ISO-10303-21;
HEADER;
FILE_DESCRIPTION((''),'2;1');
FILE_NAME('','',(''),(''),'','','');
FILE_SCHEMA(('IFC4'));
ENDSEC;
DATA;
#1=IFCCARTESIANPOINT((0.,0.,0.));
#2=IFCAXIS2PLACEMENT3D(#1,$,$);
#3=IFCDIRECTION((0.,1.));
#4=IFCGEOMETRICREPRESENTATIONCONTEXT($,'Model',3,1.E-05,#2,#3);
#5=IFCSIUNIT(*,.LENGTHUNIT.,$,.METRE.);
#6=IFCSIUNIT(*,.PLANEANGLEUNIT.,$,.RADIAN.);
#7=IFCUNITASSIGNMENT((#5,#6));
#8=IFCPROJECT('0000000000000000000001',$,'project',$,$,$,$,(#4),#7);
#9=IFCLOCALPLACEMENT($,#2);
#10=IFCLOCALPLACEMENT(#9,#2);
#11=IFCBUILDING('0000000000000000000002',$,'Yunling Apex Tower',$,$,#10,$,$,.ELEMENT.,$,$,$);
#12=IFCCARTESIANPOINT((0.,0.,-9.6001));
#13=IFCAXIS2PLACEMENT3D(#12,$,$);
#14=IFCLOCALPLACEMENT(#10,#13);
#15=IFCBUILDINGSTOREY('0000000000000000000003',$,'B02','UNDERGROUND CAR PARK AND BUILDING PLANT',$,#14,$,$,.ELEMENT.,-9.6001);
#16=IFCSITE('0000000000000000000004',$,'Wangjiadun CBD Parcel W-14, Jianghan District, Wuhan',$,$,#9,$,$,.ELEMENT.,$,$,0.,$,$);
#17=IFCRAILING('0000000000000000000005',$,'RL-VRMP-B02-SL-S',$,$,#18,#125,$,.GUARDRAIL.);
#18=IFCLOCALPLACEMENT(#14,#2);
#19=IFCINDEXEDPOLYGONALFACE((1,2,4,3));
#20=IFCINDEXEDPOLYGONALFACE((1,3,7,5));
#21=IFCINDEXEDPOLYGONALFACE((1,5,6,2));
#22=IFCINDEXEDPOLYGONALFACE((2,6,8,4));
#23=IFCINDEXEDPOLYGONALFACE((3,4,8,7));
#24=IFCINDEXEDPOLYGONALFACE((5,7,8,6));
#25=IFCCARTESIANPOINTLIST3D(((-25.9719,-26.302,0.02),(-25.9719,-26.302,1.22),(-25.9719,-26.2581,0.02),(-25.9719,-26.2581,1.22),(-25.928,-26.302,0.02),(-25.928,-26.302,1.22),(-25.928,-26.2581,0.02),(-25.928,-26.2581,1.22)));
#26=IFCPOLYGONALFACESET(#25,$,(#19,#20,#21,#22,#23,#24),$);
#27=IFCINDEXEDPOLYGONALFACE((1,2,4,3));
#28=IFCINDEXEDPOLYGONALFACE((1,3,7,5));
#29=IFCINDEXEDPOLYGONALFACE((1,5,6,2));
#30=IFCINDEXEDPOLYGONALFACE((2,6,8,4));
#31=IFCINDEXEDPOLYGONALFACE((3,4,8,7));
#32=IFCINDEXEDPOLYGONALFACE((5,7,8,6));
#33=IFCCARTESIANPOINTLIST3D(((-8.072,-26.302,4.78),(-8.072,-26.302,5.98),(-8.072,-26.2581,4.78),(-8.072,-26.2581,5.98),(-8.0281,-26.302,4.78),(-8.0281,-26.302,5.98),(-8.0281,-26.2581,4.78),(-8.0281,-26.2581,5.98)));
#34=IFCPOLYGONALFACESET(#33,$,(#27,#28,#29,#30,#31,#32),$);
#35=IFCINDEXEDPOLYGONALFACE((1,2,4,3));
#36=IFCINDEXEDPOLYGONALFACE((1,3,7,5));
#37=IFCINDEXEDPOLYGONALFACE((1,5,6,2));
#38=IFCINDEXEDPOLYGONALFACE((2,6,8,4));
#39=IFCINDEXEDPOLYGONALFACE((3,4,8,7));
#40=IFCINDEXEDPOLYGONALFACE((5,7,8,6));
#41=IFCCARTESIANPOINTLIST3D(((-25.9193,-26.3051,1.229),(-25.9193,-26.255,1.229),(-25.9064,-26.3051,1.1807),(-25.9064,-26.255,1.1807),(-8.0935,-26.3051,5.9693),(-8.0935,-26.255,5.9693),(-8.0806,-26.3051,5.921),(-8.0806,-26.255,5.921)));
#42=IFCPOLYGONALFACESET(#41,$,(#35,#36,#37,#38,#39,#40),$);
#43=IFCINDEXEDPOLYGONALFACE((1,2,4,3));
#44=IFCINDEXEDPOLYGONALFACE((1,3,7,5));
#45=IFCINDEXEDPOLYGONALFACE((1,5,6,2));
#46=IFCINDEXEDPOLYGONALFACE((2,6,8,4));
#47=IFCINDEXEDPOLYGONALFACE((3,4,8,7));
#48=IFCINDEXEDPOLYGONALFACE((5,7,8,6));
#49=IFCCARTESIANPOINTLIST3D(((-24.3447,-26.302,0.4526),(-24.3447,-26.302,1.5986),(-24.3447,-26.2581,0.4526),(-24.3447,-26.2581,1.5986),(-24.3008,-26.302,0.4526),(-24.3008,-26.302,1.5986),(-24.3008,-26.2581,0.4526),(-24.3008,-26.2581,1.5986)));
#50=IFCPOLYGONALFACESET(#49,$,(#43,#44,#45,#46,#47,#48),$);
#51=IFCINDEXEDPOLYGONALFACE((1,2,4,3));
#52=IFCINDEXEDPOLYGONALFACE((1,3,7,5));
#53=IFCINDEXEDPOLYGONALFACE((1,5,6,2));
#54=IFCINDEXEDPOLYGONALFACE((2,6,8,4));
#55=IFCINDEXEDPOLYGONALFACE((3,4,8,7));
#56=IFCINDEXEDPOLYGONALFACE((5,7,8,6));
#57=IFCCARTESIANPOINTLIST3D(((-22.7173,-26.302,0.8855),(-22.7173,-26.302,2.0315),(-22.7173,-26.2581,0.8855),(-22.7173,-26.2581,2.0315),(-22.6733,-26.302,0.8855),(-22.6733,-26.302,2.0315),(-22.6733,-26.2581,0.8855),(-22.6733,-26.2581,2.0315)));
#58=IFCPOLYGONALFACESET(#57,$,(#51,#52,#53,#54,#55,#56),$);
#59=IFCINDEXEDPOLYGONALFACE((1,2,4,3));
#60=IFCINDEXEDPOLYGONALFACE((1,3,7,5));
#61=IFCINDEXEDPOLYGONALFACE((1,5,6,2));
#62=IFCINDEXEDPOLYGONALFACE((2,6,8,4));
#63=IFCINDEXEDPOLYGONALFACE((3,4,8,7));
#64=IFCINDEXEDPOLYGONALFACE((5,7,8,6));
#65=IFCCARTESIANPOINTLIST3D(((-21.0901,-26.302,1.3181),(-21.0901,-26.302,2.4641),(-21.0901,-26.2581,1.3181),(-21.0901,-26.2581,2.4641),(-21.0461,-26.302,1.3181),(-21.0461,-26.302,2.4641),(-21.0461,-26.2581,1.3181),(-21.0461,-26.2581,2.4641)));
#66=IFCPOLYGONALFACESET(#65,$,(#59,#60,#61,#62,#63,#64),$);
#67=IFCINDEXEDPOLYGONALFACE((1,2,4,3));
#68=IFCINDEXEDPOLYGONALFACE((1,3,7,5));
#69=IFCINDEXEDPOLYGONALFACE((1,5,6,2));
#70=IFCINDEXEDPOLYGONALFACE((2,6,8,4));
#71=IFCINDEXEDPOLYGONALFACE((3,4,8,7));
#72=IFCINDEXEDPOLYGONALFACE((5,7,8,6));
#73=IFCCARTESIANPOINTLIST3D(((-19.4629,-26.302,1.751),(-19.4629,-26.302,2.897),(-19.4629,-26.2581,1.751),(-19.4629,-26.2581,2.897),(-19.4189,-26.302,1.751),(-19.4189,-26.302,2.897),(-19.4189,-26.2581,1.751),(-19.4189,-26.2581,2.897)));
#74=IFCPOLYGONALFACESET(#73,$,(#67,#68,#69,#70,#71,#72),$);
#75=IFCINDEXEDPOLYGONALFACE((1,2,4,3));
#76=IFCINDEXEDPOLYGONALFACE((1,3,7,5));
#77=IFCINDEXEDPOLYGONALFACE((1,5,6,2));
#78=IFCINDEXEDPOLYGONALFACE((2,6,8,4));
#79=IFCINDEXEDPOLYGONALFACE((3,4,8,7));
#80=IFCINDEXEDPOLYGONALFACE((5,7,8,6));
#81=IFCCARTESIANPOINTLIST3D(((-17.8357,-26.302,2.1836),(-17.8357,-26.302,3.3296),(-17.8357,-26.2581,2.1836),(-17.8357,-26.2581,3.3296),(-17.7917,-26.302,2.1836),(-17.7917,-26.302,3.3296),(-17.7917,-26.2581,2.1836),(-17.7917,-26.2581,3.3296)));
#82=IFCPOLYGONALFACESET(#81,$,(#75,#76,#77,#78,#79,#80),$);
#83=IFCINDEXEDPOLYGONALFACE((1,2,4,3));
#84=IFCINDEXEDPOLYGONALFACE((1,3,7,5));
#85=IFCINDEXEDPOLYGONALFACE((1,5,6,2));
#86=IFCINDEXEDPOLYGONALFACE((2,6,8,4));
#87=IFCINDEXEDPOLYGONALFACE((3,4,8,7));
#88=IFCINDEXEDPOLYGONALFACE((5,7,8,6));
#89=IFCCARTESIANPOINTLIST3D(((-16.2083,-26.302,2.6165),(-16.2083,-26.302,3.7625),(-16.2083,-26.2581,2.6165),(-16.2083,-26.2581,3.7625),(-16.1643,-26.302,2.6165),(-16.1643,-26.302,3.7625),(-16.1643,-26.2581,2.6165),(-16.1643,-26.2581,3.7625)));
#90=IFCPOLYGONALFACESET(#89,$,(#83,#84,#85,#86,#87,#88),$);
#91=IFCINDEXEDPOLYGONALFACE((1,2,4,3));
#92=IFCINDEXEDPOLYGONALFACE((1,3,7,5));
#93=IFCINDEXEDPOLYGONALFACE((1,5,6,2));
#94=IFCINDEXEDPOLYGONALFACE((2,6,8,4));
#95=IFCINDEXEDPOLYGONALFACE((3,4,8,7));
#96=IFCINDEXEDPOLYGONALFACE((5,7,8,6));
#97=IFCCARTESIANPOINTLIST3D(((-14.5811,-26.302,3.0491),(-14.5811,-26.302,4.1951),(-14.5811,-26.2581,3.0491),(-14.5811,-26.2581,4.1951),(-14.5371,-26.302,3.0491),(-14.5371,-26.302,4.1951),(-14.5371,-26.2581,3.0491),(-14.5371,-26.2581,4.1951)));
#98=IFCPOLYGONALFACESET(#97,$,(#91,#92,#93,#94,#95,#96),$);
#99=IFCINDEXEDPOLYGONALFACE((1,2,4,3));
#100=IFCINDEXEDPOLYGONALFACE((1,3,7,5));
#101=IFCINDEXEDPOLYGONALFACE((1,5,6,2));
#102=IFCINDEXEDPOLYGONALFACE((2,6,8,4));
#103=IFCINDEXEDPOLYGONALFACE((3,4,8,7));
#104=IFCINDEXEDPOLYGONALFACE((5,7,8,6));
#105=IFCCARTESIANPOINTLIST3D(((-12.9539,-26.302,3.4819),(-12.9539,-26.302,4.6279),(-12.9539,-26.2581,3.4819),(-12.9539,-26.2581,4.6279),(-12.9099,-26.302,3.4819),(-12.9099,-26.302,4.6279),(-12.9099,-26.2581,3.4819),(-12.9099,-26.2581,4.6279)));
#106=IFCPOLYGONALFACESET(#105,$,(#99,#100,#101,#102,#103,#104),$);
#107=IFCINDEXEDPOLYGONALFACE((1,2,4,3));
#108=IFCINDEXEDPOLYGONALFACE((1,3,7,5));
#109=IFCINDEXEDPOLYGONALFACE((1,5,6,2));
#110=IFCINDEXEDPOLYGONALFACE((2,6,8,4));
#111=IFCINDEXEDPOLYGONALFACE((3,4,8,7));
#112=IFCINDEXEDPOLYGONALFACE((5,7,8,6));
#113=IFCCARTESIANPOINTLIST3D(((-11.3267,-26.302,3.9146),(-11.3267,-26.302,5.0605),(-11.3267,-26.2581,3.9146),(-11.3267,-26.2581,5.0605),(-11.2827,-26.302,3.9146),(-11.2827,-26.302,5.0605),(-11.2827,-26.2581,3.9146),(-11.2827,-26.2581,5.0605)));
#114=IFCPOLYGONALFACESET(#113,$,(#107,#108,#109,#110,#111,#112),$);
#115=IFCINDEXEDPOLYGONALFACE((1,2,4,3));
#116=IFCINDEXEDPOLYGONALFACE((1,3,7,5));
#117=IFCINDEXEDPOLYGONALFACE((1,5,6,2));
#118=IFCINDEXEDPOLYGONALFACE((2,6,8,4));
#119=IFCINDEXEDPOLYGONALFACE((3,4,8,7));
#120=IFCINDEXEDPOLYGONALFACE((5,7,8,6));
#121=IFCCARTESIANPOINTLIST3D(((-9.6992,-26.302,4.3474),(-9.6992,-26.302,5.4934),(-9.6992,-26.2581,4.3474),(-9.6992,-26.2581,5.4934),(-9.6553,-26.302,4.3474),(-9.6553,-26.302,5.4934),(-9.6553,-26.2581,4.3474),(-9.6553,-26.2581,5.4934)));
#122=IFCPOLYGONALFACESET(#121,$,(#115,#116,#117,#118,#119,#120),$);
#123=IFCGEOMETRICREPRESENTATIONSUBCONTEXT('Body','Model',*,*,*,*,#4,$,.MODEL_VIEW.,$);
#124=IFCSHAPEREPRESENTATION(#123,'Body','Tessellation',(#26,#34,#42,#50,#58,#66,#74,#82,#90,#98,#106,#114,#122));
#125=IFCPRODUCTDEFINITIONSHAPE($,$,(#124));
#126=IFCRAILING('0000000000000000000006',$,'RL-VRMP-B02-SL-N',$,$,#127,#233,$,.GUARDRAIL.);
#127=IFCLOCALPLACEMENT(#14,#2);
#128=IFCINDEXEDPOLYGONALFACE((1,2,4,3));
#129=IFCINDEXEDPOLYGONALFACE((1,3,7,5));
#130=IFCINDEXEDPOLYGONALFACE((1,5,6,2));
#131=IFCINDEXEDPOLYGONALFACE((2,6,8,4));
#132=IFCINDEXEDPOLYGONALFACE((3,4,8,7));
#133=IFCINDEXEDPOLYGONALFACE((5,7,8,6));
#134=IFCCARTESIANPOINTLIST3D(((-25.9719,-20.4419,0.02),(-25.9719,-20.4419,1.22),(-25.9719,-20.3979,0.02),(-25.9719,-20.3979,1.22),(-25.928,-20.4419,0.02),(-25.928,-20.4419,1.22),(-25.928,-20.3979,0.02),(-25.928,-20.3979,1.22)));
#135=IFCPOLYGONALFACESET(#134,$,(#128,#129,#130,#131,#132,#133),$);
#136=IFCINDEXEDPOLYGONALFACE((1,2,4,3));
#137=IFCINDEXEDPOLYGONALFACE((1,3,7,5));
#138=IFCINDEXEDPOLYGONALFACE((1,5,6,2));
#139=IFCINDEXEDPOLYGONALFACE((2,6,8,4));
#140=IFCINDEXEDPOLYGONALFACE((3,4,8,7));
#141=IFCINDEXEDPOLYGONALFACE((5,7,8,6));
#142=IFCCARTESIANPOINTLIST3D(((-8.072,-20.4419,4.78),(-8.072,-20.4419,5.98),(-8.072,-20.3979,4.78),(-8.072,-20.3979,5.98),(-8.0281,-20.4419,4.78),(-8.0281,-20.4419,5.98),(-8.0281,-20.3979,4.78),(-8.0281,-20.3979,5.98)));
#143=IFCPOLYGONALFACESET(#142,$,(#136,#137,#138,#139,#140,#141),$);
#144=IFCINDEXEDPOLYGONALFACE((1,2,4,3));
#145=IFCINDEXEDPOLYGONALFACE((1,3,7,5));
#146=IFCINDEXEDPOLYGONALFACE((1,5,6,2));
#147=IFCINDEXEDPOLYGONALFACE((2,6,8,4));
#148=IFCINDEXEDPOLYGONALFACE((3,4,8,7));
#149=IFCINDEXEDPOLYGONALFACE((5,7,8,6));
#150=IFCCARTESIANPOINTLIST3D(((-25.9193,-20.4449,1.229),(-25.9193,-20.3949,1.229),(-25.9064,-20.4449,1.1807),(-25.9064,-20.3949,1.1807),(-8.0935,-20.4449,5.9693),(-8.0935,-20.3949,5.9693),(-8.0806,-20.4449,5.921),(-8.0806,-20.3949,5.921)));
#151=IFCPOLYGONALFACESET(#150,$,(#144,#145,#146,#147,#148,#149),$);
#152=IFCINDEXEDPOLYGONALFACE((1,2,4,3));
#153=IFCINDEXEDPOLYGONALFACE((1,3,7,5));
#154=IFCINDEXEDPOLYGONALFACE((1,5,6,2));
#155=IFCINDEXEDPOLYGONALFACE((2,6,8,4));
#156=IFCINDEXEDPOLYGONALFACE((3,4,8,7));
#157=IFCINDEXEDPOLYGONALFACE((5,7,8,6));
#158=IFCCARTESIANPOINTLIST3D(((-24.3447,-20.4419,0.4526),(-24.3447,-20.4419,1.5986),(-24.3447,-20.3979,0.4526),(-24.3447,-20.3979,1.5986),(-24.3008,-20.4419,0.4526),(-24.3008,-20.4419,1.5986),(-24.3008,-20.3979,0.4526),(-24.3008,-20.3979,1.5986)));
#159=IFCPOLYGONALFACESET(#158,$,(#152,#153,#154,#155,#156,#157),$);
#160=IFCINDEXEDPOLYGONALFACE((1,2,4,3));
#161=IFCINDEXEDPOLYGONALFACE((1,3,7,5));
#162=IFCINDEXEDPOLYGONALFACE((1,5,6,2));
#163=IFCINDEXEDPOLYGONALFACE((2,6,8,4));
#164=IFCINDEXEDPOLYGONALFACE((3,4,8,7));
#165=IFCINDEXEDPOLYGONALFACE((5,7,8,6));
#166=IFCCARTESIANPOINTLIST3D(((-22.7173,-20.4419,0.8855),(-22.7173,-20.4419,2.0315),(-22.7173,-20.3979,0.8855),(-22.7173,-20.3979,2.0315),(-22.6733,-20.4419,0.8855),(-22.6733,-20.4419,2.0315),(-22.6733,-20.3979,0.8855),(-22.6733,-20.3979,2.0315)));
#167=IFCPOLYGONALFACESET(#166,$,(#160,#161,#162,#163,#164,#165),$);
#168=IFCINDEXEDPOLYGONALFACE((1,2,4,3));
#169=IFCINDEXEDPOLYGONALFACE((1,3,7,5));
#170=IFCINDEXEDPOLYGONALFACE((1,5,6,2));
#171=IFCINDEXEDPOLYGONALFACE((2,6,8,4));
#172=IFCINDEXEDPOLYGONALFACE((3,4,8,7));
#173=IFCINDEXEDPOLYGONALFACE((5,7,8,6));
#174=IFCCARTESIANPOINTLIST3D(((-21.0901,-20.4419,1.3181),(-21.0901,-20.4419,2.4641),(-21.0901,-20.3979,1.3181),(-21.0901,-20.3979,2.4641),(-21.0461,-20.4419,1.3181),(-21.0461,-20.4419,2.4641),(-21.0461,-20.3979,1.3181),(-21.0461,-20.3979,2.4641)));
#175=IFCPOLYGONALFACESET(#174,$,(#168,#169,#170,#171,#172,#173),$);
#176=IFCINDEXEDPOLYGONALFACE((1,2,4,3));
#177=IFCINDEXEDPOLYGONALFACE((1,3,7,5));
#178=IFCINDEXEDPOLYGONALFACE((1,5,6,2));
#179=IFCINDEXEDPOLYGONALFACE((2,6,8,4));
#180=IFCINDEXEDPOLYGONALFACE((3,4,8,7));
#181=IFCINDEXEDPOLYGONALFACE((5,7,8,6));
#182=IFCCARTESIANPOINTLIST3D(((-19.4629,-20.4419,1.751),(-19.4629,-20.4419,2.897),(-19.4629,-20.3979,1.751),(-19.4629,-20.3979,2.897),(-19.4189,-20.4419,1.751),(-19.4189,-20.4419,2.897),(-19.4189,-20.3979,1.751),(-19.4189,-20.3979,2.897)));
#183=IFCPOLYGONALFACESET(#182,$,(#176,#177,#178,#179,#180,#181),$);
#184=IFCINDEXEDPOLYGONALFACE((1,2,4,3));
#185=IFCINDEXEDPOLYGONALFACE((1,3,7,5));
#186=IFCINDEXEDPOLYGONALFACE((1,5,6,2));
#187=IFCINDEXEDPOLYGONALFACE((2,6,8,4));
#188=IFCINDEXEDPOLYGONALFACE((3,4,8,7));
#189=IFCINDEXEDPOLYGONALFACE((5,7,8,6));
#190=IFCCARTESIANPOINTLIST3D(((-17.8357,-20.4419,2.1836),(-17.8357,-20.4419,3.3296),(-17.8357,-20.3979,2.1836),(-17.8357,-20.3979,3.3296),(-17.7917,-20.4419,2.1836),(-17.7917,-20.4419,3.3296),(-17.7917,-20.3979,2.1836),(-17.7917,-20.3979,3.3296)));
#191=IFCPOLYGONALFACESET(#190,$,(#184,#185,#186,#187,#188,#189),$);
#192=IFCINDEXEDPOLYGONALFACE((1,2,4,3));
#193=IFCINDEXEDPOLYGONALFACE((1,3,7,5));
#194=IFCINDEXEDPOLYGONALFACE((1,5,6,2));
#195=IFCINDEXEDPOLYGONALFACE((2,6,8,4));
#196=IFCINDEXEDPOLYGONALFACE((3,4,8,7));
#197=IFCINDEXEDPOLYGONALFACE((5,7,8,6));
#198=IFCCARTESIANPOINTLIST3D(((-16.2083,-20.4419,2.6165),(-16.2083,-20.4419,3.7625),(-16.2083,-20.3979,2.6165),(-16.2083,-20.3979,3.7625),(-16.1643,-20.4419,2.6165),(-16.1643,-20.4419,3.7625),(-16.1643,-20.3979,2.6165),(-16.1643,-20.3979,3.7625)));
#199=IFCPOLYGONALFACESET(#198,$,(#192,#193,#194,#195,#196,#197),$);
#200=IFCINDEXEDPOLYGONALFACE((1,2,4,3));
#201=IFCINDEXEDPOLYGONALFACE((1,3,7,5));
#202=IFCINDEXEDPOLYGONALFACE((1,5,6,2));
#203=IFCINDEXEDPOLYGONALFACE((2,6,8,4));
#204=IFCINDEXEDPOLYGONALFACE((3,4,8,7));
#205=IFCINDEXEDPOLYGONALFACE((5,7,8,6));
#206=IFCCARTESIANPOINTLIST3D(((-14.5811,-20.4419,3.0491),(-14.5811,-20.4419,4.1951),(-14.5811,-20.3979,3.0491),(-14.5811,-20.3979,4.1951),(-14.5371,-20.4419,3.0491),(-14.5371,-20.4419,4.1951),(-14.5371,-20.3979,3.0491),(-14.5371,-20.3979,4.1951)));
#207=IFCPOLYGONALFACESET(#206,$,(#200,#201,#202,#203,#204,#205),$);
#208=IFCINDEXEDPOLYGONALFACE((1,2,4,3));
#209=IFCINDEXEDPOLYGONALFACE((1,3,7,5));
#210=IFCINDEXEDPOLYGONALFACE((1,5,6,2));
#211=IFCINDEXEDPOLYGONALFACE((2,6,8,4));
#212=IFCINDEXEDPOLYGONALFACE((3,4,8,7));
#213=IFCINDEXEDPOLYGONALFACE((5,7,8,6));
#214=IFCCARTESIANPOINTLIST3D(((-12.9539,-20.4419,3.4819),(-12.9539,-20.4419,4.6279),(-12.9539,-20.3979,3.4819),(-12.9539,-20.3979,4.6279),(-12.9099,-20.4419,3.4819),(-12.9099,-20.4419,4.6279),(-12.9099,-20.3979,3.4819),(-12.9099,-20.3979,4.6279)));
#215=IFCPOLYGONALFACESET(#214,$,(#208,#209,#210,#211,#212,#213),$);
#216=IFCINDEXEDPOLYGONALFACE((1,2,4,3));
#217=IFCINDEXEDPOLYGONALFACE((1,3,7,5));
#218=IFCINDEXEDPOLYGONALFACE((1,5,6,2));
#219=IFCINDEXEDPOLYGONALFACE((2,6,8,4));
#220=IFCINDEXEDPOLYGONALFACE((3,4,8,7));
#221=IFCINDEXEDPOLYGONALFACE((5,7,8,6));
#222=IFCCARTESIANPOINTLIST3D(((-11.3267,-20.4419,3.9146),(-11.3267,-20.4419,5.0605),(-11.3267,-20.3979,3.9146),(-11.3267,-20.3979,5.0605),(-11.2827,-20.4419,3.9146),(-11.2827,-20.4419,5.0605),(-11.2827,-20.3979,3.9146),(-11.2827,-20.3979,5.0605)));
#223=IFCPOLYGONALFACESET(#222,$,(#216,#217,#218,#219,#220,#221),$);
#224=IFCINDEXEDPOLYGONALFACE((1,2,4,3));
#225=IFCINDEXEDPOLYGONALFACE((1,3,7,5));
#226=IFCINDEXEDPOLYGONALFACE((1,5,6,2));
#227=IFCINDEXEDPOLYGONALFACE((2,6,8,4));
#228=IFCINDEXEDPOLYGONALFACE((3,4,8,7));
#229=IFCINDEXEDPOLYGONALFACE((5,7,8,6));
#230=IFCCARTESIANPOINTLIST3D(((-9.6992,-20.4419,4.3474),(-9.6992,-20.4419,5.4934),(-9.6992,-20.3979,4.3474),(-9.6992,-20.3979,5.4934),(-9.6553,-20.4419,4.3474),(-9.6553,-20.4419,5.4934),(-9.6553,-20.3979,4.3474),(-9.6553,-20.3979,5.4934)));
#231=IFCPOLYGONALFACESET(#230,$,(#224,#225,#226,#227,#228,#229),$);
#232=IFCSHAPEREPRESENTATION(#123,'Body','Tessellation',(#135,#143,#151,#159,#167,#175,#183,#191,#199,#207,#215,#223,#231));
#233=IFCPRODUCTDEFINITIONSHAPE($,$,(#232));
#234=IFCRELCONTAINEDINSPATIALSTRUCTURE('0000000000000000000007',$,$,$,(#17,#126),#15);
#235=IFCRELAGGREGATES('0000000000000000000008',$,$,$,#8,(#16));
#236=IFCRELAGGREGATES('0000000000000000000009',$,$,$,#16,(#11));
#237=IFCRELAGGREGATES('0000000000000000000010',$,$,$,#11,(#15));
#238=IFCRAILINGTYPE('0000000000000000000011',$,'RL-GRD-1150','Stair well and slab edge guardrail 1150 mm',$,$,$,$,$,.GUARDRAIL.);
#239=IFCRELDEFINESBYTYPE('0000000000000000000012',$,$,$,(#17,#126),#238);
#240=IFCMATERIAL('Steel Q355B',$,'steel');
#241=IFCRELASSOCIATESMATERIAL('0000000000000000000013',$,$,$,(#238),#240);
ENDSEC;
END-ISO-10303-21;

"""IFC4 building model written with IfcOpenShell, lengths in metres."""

from ifc_helpers import new_model, si_unit, direction, frame, origin, origin_2d, place, context, subcontext, project, spatial, rectangle, extrude, material, type_object, element, save


model = new_model("IFC4")

# Units and contexts
model_context = context("Model", 3, precision=1e-05, world=origin(), true_north=direction((0.0, 1.0)))
body_context = subcontext(model_context, "Body", "Model", "MODEL_VIEW")
ifc_project = project(units=[si_unit("LENGTHUNIT", "METRE"), si_unit("PLANEANGLEUNIT", "RADIAN")], contexts=[model_context])

# Site, building, storey
site_placement = place(None, origin())
site = spatial("IfcSite", under=ifc_project, at=site_placement, Name="Wangjiadun CBD Parcel W-14, Jianghan District, Wuhan", CompositionType="ELEMENT", RefElevation=0.0)
building_placement = place(site_placement, origin())
building = spatial("IfcBuilding", under=site, at=building_placement, Name="Yunling Apex Tower", CompositionType="ELEMENT")
storey_placement = place(building_placement, frame((0.0, 0.0, -9.6001)))
storey = spatial("IfcBuildingStorey", under=building, at=storey_placement, Name="B02", Description="UNDERGROUND CAR PARK AND BUILDING PLANT", CompositionType="ELEMENT", Elevation=-9.6001)

# Shared definitions
ifc_material_1 = material(Name="Steel Q355B", Category="steel")

# Railings
railing_type = type_object("IfcRailingType", Name="RL-GRD-1150", Description="Stair well and slab edge guardrail 1150 mm", PredefinedType="GUARDRAIL", material=ifc_material_1)
railing_1_placement = place(storey_placement, frame((-25.95, -26.28, 0.02)))
element("IfcRailing", 1, at=railing_1_placement, inside=storey, type_object=railing_type, Name="RL-VRMP-B02-SL-S", PredefinedType="GUARDRAIL", context=body_context, shape_type="SweptSolid", body=[
    extrude(rectangle(XDim=0.0439, YDim=0.0439, at=origin_2d()), origin(), (0.0, 0.0, 1.0), 1.2),
    extrude(rectangle(XDim=0.0439, YDim=0.0439, at=origin_2d()), frame((17.8999, 0.0, 4.76)), (0.0, 0.0, 1.0), 1.2),
    extrude(rectangle(XDim=0.05, YDim=0.05, at=origin_2d()), frame((0.0371, 0.0, 1.1848), z_axis=(0.966413, 0.0, 0.256992), x_axis=(0.0, 1.0, 0.0)), (0.0, 0.0, 1.0), 18.4453),
    extrude(rectangle(XDim=0.0439, YDim=0.0439, at=origin_2d()), frame((1.6272, 0.0, 0.4326)), (0.0, 0.0, 1.0), 1.146),
    extrude(rectangle(XDim=0.0439, YDim=0.0439, at=origin_2d()), frame((3.2546, 0.0, 0.8655)), (0.0, 0.0, 1.0), 1.146),
    extrude(rectangle(XDim=0.0439, YDim=0.0439, at=origin_2d()), frame((4.8818, 0.0, 1.2981)), (0.0, 0.0, 1.0), 1.146),
    extrude(rectangle(XDim=0.0439, YDim=0.0439, at=origin_2d()), frame((6.509, 0.0, 1.731)), (0.0, 0.0, 1.0), 1.146),
    extrude(rectangle(XDim=0.0439, YDim=0.0439, at=origin_2d()), frame((8.1362, 0.0, 2.1636)), (0.0, 0.0, 1.0), 1.146),
    extrude(rectangle(XDim=0.0439, YDim=0.0439, at=origin_2d()), frame((9.7637, 0.0, 2.5964)), (0.0, 0.0, 1.0), 1.146),
    extrude(rectangle(XDim=0.0439, YDim=0.0439, at=origin_2d()), frame((11.3909, 0.0, 3.0291)), (0.0, 0.0, 1.0), 1.146),
    extrude(rectangle(XDim=0.0439, YDim=0.0439, at=origin_2d()), frame((13.0181, 0.0, 3.4619)), (0.0, 0.0, 1.0), 1.146),
    extrude(rectangle(XDim=0.0439, YDim=0.0439, at=origin_2d()), frame((14.6453, 0.0, 3.8945)), (0.0, 0.0, 1.0), 1.146),
    extrude(rectangle(XDim=0.0439, YDim=0.0439, at=origin_2d()), frame((16.2727, 0.0, 4.3274)), (0.0, 0.0, 1.0), 1.146),
])
railing_2_placement = place(storey_placement, frame((-25.95, -20.4199, 0.02)))
element("IfcRailing", 2, at=railing_2_placement, inside=storey, type_object=railing_type, Name="RL-VRMP-B02-SL-N", PredefinedType="GUARDRAIL", context=body_context, shape_type="SweptSolid", body=[
    extrude(rectangle(XDim=0.0439, YDim=0.0439, at=origin_2d()), origin(), (0.0, 0.0, 1.0), 1.2),
    extrude(rectangle(XDim=0.0439, YDim=0.0439, at=origin_2d()), frame((17.8999, 0.0, 4.76)), (0.0, 0.0, 1.0), 1.2),
    extrude(rectangle(XDim=0.05, YDim=0.05, at=origin_2d()), frame((0.0371, 0.0, 1.1848), z_axis=(0.966413, 0.0, 0.256992), x_axis=(0.0, 1.0, 0.0)), (0.0, 0.0, 1.0), 18.4453),
    extrude(rectangle(XDim=0.0439, YDim=0.0439, at=origin_2d()), frame((1.6272, 0.0, 0.4326)), (0.0, 0.0, 1.0), 1.146),
    extrude(rectangle(XDim=0.0439, YDim=0.0439, at=origin_2d()), frame((3.2546, 0.0, 0.8655)), (0.0, 0.0, 1.0), 1.146),
    extrude(rectangle(XDim=0.0439, YDim=0.0439, at=origin_2d()), frame((4.8818, 0.0, 1.2981)), (0.0, 0.0, 1.0), 1.146),
    extrude(rectangle(XDim=0.0439, YDim=0.0439, at=origin_2d()), frame((6.509, 0.0, 1.731)), (0.0, 0.0, 1.0), 1.146),
    extrude(rectangle(XDim=0.0439, YDim=0.0439, at=origin_2d()), frame((8.1362, 0.0, 2.1636)), (0.0, 0.0, 1.0), 1.146),
    extrude(rectangle(XDim=0.0439, YDim=0.0439, at=origin_2d()), frame((9.7637, 0.0, 2.5964)), (0.0, 0.0, 1.0), 1.146),
    extrude(rectangle(XDim=0.0439, YDim=0.0439, at=origin_2d()), frame((11.3909, 0.0, 3.0291)), (0.0, 0.0, 1.0), 1.146),
    extrude(rectangle(XDim=0.0439, YDim=0.0439, at=origin_2d()), frame((13.0181, 0.0, 3.4619)), (0.0, 0.0, 1.0), 1.146),
    extrude(rectangle(XDim=0.0439, YDim=0.0439, at=origin_2d()), frame((14.6453, 0.0, 3.8945)), (0.0, 0.0, 1.0), 1.146),
    extrude(rectangle(XDim=0.0439, YDim=0.0439, at=origin_2d()), frame((16.2727, 0.0, 4.3274)), (0.0, 0.0, 1.0), 1.146),
])

save(model, "model.ifc")
